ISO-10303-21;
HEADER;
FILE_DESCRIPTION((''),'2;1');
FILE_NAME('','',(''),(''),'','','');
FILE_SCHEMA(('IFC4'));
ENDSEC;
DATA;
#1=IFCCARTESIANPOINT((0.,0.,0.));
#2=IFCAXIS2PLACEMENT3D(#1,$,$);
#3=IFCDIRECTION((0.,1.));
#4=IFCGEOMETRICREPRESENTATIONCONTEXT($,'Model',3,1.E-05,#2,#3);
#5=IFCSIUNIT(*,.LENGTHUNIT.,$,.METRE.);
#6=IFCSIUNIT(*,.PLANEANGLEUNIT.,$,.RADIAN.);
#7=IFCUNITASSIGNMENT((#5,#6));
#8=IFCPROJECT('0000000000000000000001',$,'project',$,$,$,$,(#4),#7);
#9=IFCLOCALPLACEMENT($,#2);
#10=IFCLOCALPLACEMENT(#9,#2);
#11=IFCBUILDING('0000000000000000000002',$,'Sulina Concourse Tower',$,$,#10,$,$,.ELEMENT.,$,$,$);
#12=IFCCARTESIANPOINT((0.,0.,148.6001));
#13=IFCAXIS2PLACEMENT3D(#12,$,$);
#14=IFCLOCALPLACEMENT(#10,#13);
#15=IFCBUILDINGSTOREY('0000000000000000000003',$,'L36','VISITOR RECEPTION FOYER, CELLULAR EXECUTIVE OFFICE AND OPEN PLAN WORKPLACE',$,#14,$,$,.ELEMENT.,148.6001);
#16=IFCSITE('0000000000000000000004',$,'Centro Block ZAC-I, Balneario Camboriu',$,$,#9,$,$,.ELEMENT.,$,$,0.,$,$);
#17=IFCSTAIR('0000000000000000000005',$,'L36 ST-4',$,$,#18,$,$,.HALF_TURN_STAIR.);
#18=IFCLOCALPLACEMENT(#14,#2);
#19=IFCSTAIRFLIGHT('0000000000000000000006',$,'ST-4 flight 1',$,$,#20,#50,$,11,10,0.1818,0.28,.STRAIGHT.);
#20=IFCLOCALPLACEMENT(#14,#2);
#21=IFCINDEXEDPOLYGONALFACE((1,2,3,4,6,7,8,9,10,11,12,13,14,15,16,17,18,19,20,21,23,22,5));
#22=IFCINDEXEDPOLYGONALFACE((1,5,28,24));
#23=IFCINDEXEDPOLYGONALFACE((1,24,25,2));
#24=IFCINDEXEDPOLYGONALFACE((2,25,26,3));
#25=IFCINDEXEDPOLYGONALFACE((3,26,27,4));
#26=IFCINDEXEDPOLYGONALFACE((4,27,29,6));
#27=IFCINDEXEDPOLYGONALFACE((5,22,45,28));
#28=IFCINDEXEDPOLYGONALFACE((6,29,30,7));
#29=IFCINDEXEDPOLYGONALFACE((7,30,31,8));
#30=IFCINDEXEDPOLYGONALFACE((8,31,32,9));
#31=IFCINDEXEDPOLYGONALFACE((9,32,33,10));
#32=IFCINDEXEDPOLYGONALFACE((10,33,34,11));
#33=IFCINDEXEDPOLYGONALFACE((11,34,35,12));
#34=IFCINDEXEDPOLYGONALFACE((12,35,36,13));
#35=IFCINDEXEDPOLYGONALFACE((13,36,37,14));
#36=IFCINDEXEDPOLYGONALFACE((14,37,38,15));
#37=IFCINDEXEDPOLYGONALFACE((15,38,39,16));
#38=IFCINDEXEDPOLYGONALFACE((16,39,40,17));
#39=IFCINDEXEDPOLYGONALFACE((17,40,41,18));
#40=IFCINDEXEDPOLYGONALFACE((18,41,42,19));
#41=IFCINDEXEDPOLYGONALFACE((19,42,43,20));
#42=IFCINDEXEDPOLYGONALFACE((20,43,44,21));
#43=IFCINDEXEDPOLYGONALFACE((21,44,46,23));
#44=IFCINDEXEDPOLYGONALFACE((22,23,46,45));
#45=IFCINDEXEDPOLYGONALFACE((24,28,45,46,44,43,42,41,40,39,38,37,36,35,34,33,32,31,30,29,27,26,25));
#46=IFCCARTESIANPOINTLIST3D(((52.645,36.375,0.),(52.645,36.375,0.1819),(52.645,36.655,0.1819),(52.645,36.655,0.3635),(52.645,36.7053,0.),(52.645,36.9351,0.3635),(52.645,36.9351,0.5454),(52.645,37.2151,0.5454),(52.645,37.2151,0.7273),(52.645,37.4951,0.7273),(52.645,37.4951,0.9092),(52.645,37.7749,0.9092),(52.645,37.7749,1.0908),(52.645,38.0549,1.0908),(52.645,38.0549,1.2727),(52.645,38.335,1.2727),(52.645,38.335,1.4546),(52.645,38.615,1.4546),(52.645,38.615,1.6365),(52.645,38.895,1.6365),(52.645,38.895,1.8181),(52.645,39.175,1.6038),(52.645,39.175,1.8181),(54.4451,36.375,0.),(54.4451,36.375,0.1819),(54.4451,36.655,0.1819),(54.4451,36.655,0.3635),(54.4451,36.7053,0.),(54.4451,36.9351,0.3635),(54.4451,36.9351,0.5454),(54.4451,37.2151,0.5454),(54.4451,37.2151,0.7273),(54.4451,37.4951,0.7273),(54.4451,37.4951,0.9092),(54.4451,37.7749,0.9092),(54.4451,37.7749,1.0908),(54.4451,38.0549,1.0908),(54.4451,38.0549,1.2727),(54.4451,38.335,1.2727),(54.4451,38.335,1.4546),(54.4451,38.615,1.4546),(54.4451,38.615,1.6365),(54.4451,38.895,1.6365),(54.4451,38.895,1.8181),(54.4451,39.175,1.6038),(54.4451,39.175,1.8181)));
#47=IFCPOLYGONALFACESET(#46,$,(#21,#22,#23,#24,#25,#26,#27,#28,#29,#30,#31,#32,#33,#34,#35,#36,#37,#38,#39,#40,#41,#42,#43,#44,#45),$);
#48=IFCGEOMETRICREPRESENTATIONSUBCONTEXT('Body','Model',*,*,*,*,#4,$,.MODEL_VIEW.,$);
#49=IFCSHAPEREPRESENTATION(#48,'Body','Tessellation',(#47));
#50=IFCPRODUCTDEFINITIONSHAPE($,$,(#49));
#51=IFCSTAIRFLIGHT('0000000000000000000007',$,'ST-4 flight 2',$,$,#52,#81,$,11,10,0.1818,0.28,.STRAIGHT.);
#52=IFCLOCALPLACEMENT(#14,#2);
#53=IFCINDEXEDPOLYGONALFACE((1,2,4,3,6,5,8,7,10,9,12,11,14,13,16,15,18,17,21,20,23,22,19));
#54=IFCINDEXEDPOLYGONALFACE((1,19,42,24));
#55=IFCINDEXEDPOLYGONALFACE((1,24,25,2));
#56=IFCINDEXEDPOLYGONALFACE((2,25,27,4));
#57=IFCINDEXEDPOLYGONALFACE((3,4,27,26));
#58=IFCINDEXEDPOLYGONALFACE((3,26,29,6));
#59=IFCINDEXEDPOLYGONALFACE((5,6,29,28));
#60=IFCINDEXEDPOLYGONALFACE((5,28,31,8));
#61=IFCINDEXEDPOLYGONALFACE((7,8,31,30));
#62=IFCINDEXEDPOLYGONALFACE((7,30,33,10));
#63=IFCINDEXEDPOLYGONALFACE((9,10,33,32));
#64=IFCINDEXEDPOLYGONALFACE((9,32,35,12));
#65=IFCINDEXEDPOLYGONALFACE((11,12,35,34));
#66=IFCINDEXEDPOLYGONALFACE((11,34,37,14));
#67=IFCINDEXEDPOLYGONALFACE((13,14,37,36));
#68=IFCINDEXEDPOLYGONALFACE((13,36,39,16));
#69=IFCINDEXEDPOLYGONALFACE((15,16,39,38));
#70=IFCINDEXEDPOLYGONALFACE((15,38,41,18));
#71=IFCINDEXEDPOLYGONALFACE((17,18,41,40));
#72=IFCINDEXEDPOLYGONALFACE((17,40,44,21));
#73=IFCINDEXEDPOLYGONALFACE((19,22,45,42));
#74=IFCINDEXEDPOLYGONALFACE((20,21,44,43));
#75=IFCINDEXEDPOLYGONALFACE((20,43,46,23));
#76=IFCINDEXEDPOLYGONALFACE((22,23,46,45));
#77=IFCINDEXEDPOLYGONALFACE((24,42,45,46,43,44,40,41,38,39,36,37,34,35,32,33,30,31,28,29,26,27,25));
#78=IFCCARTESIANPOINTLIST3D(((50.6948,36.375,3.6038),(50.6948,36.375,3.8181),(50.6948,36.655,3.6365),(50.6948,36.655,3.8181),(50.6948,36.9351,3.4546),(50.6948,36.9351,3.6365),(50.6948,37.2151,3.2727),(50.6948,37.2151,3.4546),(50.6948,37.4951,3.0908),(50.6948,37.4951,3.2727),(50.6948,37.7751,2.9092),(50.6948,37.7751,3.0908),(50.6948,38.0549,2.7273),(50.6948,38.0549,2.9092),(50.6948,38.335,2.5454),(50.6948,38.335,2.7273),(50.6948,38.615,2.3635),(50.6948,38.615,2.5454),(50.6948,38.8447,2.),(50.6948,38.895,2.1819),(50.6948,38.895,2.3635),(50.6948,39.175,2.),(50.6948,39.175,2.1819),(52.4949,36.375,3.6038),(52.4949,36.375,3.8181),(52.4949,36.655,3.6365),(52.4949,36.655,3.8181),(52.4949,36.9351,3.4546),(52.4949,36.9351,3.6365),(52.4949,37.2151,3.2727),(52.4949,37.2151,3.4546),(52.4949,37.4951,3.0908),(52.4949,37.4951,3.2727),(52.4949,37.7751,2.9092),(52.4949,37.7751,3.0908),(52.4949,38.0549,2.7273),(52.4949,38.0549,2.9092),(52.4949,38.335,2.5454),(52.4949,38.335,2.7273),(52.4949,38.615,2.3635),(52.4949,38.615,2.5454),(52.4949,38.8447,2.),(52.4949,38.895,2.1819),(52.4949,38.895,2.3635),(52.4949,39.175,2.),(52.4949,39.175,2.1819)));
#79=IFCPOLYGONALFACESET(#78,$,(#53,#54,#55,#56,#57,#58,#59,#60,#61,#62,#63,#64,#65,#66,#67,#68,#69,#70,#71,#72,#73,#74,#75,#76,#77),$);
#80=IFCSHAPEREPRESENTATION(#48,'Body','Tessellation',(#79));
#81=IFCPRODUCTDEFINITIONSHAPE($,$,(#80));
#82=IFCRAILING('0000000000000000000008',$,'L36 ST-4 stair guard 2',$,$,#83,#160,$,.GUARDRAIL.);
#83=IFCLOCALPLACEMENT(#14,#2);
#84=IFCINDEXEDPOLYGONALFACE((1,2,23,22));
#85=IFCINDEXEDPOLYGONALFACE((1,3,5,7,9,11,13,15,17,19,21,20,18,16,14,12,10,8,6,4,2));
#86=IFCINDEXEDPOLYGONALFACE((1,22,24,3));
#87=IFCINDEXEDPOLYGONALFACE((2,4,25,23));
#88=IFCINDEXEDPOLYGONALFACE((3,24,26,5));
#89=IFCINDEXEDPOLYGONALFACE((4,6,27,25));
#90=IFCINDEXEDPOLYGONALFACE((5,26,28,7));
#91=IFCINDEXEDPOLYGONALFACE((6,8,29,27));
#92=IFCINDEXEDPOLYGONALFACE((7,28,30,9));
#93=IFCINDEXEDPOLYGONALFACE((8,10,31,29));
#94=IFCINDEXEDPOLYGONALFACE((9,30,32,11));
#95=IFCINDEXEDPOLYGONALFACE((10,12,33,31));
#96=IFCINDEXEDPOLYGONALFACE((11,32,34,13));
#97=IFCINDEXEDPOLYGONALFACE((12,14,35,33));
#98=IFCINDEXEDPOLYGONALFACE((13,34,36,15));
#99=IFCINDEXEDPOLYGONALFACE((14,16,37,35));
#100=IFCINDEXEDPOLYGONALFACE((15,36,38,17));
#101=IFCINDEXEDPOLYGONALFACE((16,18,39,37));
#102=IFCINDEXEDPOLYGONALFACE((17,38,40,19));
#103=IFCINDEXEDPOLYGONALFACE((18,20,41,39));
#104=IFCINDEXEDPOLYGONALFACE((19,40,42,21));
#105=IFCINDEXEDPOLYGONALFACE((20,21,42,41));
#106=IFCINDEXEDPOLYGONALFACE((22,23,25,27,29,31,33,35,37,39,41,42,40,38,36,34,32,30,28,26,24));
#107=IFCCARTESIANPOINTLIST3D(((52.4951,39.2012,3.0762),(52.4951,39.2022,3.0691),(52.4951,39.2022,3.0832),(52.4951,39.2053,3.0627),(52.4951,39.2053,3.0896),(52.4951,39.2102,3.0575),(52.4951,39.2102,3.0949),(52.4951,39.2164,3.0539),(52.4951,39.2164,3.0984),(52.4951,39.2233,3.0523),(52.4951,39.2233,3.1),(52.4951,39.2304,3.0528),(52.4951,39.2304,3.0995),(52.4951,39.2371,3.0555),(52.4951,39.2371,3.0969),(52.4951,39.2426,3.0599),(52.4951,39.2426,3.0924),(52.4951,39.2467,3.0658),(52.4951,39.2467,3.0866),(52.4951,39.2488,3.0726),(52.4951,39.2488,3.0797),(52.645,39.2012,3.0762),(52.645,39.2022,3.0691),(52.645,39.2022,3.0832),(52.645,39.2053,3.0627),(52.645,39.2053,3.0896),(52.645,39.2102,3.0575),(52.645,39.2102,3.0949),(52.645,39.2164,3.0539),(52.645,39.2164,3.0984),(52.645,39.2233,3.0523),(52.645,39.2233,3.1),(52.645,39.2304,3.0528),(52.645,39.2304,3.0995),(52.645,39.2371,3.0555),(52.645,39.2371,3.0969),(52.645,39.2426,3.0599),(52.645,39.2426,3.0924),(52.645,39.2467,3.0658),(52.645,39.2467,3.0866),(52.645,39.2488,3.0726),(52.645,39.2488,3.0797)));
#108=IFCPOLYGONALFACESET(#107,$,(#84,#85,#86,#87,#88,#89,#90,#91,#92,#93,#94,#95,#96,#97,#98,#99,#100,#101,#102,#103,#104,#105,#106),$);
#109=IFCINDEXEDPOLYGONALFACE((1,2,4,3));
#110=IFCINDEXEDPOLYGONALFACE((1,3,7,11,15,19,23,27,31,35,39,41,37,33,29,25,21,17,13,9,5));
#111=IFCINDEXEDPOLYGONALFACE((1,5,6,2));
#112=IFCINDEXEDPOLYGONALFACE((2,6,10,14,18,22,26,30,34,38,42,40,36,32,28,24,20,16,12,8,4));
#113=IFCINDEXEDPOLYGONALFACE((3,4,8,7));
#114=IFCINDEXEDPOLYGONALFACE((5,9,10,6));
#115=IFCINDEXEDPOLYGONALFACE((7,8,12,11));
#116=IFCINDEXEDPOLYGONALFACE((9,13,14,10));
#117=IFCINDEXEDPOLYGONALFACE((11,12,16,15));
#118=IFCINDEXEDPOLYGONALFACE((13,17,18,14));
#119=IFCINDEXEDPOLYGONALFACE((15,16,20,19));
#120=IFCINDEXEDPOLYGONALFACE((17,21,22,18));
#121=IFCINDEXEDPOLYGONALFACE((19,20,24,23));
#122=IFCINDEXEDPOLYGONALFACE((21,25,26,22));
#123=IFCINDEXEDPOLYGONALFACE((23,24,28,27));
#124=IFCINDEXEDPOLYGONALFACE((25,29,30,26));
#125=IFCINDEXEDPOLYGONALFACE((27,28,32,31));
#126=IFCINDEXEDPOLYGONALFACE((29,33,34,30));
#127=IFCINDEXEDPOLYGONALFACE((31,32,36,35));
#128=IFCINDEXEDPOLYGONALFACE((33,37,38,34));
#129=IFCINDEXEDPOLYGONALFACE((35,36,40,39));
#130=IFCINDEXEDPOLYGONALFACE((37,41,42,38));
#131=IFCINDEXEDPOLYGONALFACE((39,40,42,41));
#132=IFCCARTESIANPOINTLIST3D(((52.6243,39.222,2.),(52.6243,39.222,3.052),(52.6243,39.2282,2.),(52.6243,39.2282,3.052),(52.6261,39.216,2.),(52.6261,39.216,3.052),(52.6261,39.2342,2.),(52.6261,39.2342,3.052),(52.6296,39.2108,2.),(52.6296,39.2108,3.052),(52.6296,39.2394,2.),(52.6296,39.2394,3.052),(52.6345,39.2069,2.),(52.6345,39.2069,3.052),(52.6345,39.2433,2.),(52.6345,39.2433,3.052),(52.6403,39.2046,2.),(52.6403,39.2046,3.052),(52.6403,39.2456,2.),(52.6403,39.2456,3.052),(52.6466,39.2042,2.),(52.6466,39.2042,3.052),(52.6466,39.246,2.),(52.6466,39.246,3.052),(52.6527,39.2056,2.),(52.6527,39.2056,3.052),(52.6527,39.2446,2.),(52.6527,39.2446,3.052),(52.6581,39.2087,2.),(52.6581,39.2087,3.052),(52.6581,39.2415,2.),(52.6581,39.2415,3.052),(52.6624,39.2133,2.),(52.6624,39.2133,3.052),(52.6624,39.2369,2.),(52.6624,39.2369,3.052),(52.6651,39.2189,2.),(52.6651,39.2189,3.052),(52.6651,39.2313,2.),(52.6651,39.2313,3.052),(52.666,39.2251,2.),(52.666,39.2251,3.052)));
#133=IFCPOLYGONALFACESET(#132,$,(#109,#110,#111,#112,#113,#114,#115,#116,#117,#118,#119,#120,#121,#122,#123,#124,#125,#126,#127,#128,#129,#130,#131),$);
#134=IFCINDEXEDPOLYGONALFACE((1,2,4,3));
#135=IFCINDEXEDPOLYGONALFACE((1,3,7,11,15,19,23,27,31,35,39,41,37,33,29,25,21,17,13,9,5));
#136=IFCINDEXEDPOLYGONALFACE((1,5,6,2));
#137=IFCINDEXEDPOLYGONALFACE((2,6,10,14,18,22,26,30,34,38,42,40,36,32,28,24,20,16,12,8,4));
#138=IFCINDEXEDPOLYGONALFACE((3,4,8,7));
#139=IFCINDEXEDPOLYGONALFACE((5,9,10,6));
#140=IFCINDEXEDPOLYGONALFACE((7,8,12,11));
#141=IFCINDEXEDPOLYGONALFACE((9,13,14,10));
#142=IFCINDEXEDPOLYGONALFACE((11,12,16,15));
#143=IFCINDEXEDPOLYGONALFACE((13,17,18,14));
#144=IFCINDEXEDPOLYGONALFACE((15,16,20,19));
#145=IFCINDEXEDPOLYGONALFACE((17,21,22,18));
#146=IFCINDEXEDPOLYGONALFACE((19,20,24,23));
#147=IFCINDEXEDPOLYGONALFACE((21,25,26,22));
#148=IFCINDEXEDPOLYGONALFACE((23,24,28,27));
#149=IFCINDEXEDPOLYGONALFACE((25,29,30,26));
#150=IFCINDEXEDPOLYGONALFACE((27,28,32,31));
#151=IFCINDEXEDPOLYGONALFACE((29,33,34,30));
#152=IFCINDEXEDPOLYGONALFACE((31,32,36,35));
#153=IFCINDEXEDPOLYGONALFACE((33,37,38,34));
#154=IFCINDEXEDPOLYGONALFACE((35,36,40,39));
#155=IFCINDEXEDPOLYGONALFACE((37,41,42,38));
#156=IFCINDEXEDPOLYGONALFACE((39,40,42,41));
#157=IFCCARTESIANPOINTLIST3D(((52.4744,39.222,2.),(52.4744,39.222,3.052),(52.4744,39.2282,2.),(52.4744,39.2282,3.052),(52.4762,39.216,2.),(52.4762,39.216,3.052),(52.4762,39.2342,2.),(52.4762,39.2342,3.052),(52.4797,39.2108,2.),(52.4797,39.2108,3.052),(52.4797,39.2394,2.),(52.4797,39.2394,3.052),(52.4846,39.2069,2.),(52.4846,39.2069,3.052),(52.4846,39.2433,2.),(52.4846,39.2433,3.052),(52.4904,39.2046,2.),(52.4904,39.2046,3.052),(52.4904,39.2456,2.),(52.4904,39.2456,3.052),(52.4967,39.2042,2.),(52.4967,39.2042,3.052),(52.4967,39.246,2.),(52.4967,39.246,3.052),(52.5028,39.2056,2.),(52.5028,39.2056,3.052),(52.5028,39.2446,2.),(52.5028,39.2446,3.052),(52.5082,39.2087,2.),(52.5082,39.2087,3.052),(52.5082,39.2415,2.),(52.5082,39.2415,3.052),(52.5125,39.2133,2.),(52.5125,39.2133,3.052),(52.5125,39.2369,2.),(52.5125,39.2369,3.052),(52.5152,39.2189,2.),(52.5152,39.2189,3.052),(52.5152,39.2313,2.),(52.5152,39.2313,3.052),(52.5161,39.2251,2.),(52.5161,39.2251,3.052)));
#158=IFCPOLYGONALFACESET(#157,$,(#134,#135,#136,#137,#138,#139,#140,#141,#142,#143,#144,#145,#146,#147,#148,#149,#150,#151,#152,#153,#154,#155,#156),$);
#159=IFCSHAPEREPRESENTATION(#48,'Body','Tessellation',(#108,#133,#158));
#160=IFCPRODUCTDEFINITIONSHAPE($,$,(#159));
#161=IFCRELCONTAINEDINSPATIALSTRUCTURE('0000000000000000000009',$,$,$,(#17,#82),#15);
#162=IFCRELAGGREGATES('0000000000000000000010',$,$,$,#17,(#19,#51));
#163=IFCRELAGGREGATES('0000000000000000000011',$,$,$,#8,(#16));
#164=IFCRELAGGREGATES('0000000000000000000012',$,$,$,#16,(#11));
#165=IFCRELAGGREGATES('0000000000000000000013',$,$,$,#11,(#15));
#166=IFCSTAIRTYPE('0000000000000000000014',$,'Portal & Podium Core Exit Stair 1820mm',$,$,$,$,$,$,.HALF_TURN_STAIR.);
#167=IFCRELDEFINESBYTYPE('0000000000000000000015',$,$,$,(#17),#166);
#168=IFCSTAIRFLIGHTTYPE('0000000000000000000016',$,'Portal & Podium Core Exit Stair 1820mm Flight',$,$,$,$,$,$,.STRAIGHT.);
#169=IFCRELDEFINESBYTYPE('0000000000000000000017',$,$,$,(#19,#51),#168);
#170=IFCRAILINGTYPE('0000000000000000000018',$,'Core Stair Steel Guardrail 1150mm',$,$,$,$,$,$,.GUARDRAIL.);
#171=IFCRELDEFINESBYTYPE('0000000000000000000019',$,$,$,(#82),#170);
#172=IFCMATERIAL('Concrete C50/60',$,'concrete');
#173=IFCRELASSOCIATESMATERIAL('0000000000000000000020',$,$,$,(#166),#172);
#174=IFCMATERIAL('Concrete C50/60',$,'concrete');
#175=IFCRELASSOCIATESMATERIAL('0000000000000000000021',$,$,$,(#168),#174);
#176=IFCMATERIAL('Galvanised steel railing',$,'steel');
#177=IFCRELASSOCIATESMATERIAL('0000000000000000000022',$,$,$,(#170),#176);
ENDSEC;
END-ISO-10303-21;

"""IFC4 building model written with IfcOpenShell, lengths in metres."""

from ifc_helpers import new_model, si_unit, direction, frame, origin, origin_2d, place, context, subcontext, project, spatial, polyline, circle, outline, extrude, material, type_object, element, aggregate, save


model = new_model("IFC4")

# Units and contexts
model_context = context("Model", 3, precision=1e-05, world=origin(), true_north=direction((0.0, 1.0)))
body_context = subcontext(model_context, "Body", "Model", "MODEL_VIEW")
ifc_project = project(units=[si_unit("LENGTHUNIT", "METRE"), si_unit("PLANEANGLEUNIT", "RADIAN")], contexts=[model_context])

# Site, building, storey
site_placement = place(None, origin())
site = spatial("IfcSite", under=ifc_project, at=site_placement, Name="Centro Block ZAC-I, Balneario Camboriu", CompositionType="ELEMENT", RefElevation=0.0)
building_placement = place(site_placement, origin())
building = spatial("IfcBuilding", under=site, at=building_placement, Name="Sulina Concourse Tower", CompositionType="ELEMENT")
storey_placement = place(building_placement, frame((0.0, 0.0, 148.6001)))
storey = spatial("IfcBuildingStorey", under=building, at=storey_placement, Name="L36", Description="VISITOR RECEPTION FOYER, CELLULAR EXECUTIVE OFFICE AND OPEN PLAN WORKPLACE", CompositionType="ELEMENT", Elevation=148.6001)

# Stair, stair flights
ifc_material_1 = material(Name="Concrete C50/60", Category="concrete")
stair_type = type_object("IfcStairType", Name="Portal & Podium Core Exit Stair 1820mm", PredefinedType="HALF_TURN_STAIR", material=ifc_material_1)
stair_placement = place(storey_placement, origin())
stair = element("IfcStair", 1, at=stair_placement, inside=storey, type_object=stair_type, Name="L36 ST-4", PredefinedType="HALF_TURN_STAIR")
ifc_material_2 = material(Name="Concrete C50/60", Category="concrete")
stair_flight_type = type_object("IfcStairFlightType", Name="Portal & Podium Core Exit Stair 1820mm Flight", PredefinedType="STRAIGHT", material=ifc_material_2)
stair_flight_1_placement = place(storey_placement, frame((53.5449, 36.375, 0.0), z_axis=(0.0, 0.0, 1.0), x_axis=(0.0, 1.0, 0.0)))
stair_flight_1 = element("IfcStairFlight", 2, at=stair_flight_1_placement, type_object=stair_flight_type, Name="ST-4 flight 1", NumberOfRisers=11, NumberOfTreads=10, PredefinedType="STRAIGHT", RiserHeight=0.1818, TreadLength=0.28, context=body_context, shape_type="SweptSolid", body=[
    extrude(outline(polyline([(0.0, 0.0), (0.0, 0.1819), (0.28, 0.1819), (0.28, 0.3635), (0.5601, 0.3635), (0.5601, 0.5454), (0.8401, 0.5454), (0.8401, 0.7273), (1.1201, 0.7273), (1.1201, 0.9092), (1.3999, 0.9092), (1.3999, 1.0908), (1.6799, 1.0908), (1.6799, 1.2727), (1.96, 1.2727), (1.96, 1.4546), (2.24, 1.4546), (2.24, 1.6365), (2.52, 1.6365), (2.52, 1.8181), (2.8, 1.8181), (2.8, 2.0), (2.8, 1.6038), (0.3303, 0.0), (0.0, 0.0)])), frame((0.0, 0.8999, 0.0), z_axis=(0.0, -1.0, 0.0), x_axis=(1.0, 0.0, 0.0)), (0.0, 0.0, 1.0), 1.8),
])
stair_flight_2_placement = place(storey_placement, frame((51.595, 39.175, 2.0), z_axis=(0.0, 0.0, 1.0), x_axis=(0.0, -1.0, 0.0)))
stair_flight_2 = element("IfcStairFlight", 3, at=stair_flight_2_placement, type_object=stair_flight_type, Name="ST-4 flight 2", NumberOfRisers=11, NumberOfTreads=10, PredefinedType="STRAIGHT", RiserHeight=0.1818, TreadLength=0.28, context=body_context, shape_type="SweptSolid", body=[
    extrude(outline(polyline([(0.0, 0.0), (0.0, 0.1819), (0.28, 0.1819), (0.28, 0.3635), (0.5601, 0.3635), (0.5601, 0.5454), (0.8401, 0.5454), (0.8401, 0.7273), (1.1201, 0.7273), (1.1201, 0.9092), (1.3999, 0.9092), (1.3999, 1.0908), (1.6799, 1.0908), (1.6799, 1.2727), (1.96, 1.2727), (1.96, 1.4546), (2.24, 1.4546), (2.24, 1.6365), (2.52, 1.6365), (2.52, 1.8181), (2.8, 1.8181), (2.8, 2.0), (2.8, 1.6038), (0.3303, 0.0), (0.0, 0.0)])), frame((0.0, 0.8999, 0.0), z_axis=(0.0, -1.0, 0.0), x_axis=(1.0, 0.0, 0.0)), (0.0, 0.0, 1.0), 1.8),
])
aggregate(stair, [stair_flight_1, stair_flight_2])

# Railing
ifc_material_3 = material(Name="Galvanised steel railing", Category="steel")
railing_type_1 = type_object("IfcRailingType", Name="Core Stair Steel Guardrail 1150mm", PredefinedType="GUARDRAIL", material=ifc_material_3)
railing_1_placement = place(storey_placement, frame((52.645, 39.2251, 2.0)))
element("IfcRailing", 4, at=railing_1_placement, inside=storey, type_object=railing_type_1, Name="L36 ST-4 stair guard 2", PredefinedType="GUARDRAIL", context=body_context, shape_type="SweptSolid", body=[
    extrude(circle(Radius=0.0239, at=origin_2d()), frame((0.0, 0.0, 1.0762), z_axis=(-1.0, 0.0, 0.0), x_axis=(0.0, -1.0, 0.0)), (0.0, 0.0, 1.0), 0.1499),
    extrude(circle(Radius=0.021, at=origin_2d()), origin(), (0.0, 0.0, 1.0), 1.052),
    extrude(circle(Radius=0.021, at=origin_2d()), frame((-0.1499, 0.0, 0.0)), (0.0, 0.0, 1.0), 1.052),
])

save(model, "model.ifc")
